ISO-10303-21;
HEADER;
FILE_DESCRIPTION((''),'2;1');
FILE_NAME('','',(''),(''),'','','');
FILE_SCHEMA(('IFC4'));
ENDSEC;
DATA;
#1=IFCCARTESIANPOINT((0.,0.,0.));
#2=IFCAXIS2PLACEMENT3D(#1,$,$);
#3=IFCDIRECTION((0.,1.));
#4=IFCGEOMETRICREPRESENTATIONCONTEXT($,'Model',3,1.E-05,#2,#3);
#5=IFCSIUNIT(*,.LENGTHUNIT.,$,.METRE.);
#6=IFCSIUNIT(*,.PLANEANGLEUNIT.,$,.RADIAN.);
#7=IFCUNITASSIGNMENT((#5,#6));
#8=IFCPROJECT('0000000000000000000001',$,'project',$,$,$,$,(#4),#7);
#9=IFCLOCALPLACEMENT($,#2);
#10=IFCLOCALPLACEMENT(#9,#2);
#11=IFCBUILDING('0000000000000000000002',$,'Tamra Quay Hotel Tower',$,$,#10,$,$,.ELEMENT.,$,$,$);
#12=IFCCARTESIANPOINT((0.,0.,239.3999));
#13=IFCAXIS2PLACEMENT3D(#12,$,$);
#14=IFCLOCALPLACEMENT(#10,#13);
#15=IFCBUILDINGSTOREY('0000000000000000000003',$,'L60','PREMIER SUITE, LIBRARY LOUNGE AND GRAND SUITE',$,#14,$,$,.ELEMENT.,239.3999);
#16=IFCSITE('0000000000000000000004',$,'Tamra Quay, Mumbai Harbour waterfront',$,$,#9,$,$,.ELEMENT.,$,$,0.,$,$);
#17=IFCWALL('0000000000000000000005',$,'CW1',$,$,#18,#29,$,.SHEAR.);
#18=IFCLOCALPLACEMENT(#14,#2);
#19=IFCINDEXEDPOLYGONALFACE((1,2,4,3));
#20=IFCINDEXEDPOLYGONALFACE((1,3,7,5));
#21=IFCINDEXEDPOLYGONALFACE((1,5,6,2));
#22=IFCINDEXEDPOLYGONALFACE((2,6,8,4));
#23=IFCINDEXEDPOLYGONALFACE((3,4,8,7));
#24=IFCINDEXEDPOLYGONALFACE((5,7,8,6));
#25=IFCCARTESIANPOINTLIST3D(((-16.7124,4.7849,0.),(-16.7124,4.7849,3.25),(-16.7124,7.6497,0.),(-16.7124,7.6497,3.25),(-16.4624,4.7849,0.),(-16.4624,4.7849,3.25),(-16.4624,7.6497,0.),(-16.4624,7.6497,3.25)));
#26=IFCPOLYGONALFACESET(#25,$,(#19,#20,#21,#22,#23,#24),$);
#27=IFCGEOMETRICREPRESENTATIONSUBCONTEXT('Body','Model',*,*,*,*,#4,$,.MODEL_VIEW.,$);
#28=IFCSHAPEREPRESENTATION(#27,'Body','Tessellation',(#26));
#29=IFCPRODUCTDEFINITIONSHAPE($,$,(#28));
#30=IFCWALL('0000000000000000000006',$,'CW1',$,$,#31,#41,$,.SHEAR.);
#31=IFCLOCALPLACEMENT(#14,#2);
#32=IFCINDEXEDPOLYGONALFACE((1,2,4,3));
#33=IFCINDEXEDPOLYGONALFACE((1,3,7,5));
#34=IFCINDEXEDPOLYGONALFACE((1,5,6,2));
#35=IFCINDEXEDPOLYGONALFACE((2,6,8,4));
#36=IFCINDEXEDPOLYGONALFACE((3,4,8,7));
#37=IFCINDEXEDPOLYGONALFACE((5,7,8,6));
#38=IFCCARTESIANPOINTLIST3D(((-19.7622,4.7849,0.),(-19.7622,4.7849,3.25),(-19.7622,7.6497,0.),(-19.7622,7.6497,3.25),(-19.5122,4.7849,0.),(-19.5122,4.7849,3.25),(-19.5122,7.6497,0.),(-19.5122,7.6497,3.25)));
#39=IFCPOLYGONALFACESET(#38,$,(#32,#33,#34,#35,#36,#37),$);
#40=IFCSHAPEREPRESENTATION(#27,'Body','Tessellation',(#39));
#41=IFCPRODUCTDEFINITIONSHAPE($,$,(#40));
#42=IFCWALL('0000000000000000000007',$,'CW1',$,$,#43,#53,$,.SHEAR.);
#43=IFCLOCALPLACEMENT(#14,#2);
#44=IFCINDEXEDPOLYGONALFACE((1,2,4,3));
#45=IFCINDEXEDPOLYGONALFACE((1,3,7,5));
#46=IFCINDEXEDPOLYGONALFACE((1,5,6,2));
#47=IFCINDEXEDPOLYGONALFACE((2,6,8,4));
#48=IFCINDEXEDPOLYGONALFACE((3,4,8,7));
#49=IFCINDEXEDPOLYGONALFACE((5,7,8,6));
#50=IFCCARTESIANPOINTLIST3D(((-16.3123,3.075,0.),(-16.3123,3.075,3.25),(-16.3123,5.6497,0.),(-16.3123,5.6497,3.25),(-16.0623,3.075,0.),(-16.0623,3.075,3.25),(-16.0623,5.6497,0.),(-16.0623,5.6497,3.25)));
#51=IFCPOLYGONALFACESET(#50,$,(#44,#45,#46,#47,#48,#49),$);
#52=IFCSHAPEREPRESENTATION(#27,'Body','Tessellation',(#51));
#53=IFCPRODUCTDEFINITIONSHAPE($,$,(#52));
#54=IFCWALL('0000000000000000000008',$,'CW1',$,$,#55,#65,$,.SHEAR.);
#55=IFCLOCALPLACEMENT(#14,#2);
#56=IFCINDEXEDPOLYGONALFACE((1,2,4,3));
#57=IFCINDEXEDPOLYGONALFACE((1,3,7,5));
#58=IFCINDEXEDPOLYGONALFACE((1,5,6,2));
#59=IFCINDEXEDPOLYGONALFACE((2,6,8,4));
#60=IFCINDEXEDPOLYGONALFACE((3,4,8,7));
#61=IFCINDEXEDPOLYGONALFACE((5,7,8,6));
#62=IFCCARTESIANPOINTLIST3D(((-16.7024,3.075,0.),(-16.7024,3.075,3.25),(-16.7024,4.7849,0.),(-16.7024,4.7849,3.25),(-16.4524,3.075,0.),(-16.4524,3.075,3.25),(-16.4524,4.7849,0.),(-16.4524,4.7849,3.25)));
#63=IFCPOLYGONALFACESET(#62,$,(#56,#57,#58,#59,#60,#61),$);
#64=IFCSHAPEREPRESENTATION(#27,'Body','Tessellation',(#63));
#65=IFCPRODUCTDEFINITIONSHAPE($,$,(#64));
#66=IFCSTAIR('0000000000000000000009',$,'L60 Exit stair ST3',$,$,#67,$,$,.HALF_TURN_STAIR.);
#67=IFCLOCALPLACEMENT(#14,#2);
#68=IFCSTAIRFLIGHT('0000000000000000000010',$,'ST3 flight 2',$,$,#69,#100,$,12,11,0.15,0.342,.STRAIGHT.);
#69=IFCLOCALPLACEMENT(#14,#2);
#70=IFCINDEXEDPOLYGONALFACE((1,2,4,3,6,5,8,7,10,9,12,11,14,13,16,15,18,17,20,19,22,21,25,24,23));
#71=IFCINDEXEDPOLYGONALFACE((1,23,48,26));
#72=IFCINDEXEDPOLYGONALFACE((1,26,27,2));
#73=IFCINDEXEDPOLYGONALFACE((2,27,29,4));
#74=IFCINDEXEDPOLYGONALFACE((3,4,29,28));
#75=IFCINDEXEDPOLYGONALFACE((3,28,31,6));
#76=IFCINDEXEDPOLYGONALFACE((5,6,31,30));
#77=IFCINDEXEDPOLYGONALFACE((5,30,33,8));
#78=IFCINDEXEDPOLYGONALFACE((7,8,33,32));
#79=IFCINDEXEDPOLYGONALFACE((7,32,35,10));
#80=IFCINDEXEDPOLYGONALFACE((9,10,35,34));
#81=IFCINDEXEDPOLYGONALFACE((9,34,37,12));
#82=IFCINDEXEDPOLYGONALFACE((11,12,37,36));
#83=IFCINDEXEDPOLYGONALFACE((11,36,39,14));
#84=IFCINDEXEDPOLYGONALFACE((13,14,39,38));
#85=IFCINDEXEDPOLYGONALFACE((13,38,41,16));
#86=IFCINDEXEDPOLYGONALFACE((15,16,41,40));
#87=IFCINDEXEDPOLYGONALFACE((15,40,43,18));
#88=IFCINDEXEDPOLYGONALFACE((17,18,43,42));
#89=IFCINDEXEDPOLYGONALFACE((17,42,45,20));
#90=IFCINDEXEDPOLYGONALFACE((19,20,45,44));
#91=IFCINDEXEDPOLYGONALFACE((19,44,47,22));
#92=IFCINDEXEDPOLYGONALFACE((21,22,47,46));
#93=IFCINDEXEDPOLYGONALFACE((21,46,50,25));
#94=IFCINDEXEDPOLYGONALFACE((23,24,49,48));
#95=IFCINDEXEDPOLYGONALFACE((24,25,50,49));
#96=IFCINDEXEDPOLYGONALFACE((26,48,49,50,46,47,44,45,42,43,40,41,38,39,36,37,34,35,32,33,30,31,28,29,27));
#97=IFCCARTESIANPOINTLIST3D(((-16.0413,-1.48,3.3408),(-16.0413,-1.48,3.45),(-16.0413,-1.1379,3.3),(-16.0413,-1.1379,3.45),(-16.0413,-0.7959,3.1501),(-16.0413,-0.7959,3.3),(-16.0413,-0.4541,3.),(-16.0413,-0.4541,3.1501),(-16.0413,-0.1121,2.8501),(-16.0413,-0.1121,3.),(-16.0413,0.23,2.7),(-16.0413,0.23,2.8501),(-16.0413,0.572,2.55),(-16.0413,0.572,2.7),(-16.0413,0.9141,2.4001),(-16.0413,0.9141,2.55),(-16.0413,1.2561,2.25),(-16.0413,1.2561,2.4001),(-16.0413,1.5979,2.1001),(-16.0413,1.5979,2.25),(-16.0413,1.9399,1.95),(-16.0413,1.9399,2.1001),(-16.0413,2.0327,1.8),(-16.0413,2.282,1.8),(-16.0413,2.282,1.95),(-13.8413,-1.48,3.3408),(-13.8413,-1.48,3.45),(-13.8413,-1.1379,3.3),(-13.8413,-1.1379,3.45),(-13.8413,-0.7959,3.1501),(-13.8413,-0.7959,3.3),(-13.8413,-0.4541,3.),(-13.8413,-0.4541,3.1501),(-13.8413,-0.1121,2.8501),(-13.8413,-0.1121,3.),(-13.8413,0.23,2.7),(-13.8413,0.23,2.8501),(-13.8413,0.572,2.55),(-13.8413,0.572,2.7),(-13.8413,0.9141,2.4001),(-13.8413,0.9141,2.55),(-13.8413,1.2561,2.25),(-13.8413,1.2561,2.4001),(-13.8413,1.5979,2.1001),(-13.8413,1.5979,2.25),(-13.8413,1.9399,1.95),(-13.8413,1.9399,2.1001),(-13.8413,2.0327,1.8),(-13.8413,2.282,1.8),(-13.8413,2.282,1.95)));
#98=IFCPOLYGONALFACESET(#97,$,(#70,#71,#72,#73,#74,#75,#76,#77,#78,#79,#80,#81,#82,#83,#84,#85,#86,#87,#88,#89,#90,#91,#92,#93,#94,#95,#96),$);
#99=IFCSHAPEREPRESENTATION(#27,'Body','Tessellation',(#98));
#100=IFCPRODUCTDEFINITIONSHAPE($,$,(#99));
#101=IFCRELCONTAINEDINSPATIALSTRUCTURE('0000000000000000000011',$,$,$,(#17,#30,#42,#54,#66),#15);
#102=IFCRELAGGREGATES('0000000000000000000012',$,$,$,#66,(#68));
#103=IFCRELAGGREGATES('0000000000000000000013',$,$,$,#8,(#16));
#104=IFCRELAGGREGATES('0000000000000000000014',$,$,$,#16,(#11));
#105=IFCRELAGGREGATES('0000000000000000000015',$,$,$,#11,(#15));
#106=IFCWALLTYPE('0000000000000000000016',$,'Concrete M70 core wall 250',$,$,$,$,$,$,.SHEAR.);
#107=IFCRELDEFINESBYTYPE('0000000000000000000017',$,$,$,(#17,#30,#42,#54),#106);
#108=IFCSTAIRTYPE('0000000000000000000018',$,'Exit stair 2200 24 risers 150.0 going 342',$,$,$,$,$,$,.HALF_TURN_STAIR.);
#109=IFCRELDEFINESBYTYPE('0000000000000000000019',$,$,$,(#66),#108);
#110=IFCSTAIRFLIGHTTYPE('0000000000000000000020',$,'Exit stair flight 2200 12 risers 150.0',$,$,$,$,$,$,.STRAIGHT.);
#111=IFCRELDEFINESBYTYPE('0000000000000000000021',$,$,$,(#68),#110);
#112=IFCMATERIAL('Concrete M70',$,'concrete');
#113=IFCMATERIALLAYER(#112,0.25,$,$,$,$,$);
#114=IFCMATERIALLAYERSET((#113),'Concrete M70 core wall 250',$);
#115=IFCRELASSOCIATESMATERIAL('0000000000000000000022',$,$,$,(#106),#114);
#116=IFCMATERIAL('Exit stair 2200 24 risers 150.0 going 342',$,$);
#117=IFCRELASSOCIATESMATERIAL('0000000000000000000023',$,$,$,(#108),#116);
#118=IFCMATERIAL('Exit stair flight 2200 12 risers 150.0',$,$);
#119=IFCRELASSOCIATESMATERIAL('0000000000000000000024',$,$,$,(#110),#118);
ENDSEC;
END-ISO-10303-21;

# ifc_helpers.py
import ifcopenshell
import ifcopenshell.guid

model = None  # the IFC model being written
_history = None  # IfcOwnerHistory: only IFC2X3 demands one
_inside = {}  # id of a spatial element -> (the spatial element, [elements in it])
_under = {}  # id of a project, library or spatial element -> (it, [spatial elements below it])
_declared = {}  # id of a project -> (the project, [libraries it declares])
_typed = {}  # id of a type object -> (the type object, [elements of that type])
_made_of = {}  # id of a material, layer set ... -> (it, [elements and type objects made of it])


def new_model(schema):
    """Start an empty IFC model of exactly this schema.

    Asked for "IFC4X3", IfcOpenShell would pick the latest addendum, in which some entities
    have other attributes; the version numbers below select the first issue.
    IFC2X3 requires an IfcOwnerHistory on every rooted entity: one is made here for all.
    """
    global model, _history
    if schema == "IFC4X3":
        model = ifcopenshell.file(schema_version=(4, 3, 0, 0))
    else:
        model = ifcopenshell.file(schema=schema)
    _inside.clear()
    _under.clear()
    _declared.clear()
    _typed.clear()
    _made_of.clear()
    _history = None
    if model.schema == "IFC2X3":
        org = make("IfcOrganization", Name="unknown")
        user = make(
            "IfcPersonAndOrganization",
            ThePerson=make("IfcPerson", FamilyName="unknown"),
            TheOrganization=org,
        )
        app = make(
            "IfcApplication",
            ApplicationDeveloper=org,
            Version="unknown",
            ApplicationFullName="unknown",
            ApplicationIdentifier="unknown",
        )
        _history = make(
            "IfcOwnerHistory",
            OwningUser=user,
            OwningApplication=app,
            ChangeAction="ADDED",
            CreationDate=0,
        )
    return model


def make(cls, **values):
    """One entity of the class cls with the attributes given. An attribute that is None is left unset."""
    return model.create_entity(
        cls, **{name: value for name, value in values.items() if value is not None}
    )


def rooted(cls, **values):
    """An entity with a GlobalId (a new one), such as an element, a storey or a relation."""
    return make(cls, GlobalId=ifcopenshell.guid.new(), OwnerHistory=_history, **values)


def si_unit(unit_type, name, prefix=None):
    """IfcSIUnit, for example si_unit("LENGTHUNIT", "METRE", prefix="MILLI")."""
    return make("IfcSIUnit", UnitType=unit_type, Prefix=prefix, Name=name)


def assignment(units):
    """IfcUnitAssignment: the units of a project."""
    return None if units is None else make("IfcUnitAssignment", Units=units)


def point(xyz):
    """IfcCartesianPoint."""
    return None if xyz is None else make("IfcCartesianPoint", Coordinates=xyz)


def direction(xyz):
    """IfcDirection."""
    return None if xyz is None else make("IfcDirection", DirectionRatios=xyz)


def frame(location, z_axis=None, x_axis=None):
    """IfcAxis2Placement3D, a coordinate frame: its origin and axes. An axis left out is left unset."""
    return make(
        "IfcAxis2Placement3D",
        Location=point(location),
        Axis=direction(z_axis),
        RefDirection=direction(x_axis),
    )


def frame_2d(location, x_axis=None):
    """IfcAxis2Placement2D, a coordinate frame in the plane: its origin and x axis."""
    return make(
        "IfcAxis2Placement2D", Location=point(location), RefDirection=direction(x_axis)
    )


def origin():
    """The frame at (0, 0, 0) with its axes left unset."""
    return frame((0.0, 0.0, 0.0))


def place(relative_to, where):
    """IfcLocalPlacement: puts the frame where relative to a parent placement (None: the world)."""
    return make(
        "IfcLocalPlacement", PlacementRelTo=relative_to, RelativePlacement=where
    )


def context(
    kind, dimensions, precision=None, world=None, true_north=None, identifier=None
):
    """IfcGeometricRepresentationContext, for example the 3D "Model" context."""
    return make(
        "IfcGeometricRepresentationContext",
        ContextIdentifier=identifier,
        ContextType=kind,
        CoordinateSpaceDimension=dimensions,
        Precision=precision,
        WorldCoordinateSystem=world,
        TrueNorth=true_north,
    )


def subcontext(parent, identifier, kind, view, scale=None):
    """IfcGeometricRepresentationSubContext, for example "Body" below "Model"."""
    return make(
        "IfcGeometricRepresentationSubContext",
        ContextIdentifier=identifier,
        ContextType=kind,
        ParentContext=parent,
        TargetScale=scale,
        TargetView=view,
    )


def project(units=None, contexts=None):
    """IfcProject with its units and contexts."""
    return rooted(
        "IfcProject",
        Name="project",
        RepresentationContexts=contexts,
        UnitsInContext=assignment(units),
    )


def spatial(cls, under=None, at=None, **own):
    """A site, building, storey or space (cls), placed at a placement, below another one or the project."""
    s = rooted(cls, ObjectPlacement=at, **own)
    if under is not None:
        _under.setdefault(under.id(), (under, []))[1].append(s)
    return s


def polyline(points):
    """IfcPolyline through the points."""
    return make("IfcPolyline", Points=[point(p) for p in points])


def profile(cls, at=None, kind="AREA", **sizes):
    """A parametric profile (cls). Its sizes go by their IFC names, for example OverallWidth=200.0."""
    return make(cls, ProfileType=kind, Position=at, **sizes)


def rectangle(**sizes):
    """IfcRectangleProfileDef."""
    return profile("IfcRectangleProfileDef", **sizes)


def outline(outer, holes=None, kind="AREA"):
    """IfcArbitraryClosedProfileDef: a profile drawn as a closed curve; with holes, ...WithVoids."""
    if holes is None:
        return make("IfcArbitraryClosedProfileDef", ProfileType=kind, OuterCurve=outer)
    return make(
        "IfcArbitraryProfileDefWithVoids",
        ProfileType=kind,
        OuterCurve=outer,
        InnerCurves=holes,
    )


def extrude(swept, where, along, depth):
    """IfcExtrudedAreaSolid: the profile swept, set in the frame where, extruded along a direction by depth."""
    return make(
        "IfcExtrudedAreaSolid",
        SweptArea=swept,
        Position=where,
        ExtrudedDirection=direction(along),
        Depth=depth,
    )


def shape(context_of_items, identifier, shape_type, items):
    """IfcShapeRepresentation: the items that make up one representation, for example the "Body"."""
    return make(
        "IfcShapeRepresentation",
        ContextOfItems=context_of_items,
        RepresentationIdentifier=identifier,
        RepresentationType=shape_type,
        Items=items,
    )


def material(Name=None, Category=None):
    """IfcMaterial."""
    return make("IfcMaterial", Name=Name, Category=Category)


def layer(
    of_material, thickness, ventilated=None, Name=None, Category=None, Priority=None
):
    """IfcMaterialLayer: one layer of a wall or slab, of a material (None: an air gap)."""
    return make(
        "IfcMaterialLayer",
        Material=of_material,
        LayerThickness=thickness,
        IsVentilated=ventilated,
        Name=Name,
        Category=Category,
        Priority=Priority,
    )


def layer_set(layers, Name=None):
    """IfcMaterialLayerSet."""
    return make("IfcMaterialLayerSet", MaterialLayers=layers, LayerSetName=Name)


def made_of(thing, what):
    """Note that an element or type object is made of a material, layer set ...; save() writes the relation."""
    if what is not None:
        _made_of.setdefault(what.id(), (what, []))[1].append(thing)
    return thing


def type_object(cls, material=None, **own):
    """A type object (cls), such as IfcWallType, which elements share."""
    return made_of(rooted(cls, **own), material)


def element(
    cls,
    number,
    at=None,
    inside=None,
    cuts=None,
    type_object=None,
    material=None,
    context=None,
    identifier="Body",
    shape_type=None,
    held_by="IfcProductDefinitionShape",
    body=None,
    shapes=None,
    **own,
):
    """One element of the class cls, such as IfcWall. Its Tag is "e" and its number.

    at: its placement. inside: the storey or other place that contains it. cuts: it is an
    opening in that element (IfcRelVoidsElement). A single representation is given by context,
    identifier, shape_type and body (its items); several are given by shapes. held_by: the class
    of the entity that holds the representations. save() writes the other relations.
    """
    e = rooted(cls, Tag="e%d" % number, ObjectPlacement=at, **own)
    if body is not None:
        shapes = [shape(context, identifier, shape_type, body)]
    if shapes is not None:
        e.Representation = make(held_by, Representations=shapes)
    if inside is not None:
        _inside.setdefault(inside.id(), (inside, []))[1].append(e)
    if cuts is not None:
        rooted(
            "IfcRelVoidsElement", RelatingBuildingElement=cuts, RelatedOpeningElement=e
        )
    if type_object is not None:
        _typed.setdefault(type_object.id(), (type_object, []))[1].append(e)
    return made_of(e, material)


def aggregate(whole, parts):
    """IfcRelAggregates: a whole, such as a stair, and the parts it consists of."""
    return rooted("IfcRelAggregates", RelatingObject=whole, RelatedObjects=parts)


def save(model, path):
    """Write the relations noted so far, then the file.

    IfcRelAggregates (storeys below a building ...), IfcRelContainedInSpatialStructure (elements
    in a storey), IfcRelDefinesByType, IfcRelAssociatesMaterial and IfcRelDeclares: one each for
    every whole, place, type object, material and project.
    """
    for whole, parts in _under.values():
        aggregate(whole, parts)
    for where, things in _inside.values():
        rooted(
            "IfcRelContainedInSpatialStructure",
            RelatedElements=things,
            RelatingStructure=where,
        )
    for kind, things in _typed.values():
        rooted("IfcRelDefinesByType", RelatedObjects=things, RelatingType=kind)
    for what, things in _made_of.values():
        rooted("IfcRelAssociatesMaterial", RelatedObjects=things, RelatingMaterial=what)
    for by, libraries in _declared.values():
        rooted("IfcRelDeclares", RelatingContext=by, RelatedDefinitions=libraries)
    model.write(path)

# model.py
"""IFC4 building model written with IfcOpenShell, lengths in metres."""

from ifc_helpers import new_model, si_unit, direction, frame, frame_2d, origin, place, context, subcontext, project, spatial, polyline, rectangle, outline, extrude, material, layer, layer_set, type_object, element, aggregate, save


model = new_model("IFC4")

# Units and contexts
model_context = context("Model", 3, precision=1e-05, world=origin(), true_north=direction((0.0, 1.0)))
body_context = subcontext(model_context, "Body", "Model", "MODEL_VIEW")
ifc_project = project(units=[si_unit("LENGTHUNIT", "METRE"), si_unit("PLANEANGLEUNIT", "RADIAN")], contexts=[model_context])

# Site, building, storey
site_placement = place(None, origin())
site = spatial("IfcSite", under=ifc_project, at=site_placement, Name="Tamra Quay, Mumbai Harbour waterfront", CompositionType="ELEMENT", RefElevation=0.0)
building_placement = place(site_placement, origin())
building = spatial("IfcBuilding", under=site, at=building_placement, Name="Tamra Quay Hotel Tower", CompositionType="ELEMENT")
storey_placement = place(building_placement, frame((0.0, 0.0, 239.3999)))
storey = spatial("IfcBuildingStorey", under=building, at=storey_placement, Name="L60", Description="PREMIER SUITE, LIBRARY LOUNGE AND GRAND SUITE", CompositionType="ELEMENT", Elevation=239.3999)

# Shared definitions
ifc_material_1 = material(Name="Concrete M70", Category="concrete")

# Walls
ifc_layer_1 = layer(ifc_material_1, 0.25)
ifc_layer_set_1 = layer_set([ifc_layer_1], Name="Concrete M70 core wall 250")
wall_type_1 = type_object("IfcWallType", Name="Concrete M70 core wall 250", PredefinedType="SHEAR", material=ifc_layer_set_1)
for number, where, z_axis, x_axis, name in (
    (1, (-16.5874, 7.6497, 0.0), (0.0, 0.0, 1.0), (0.0, -1.0, 0.0), "CW1"),
    (2, (-19.6372, 4.7849, 0.0), (0.0, 0.0, 1.0), (0.0, 1.0, 0.0), "CW1"),
):
    element("IfcWall", number, at=place(storey_placement, frame(where, z_axis=z_axis, x_axis=x_axis)), inside=storey, type_object=wall_type_1, Name=name, PredefinedType="SHEAR", context=body_context, shape_type="SweptSolid", body=[
        extrude(rectangle(XDim=2.8647, YDim=0.25, at=frame_2d((1.4324, 0.0))), origin(), (0.0, 0.0, 1.0), 3.25),
    ])
wall_1_placement = place(storey_placement, frame((-16.1873, 3.075, 0.0), z_axis=(0.0, 0.0, 1.0), x_axis=(0.0, 1.0, 0.0)))
element("IfcWall", 3, at=wall_1_placement, inside=storey, type_object=wall_type_1, Name="CW1", PredefinedType="SHEAR", context=body_context, shape_type="SweptSolid", body=[
    extrude(rectangle(XDim=2.5747, YDim=0.25, at=frame_2d((1.2874, 0.0))), origin(), (0.0, 0.0, 1.0), 3.25),
])
wall_2_placement = place(storey_placement, frame((-16.5774, 4.7849, 0.0), z_axis=(0.0, 0.0, 1.0), x_axis=(0.0, -1.0, 0.0)))
element("IfcWall", 4, at=wall_2_placement, inside=storey, type_object=wall_type_1, Name="CW1", PredefinedType="SHEAR", context=body_context, shape_type="SweptSolid", body=[
    extrude(rectangle(XDim=1.71, YDim=0.25, at=frame_2d((0.855, 0.0))), origin(), (0.0, 0.0, 1.0), 3.25),
])

# Stair, stair flight
ifc_material_2 = material(Name="Exit stair 2200 24 risers 150.0 going 342")
stair_type = type_object("IfcStairType", Name="Exit stair 2200 24 risers 150.0 going 342", PredefinedType="HALF_TURN_STAIR", material=ifc_material_2)
stair_placement = place(storey_placement, origin())
stair = element("IfcStair", 5, at=stair_placement, inside=storey, type_object=stair_type, Name="L60 Exit stair ST3", PredefinedType="HALF_TURN_STAIR")
ifc_material_3 = material(Name="Exit stair flight 2200 12 risers 150.0")
stair_flight_type = type_object("IfcStairFlightType", Name="Exit stair flight 2200 12 risers 150.0", PredefinedType="STRAIGHT", material=ifc_material_3)
stair_flight_placement = place(storey_placement, frame((-14.9414, 2.282, 1.8), z_axis=(0.0, 0.0, 1.0), x_axis=(0.0, -1.0, 0.0)))
stair_flight = element("IfcStairFlight", 6, at=stair_flight_placement, type_object=stair_flight_type, Name="ST3 flight 2", NumberOfRisers=12, NumberOfTreads=11, PredefinedType="STRAIGHT", RiserHeight=0.15, TreadLength=0.342, context=body_context, shape_type="SweptSolid", body=[
    extrude(outline(polyline([(0.0, 0.0), (0.0, 0.1499), (0.342, 0.1499), (0.342, 0.3), (0.6841, 0.3), (0.6841, 0.45), (1.0259, 0.45), (1.0259, 0.6001), (1.3679, 0.6001), (1.3679, 0.75), (1.71, 0.75), (1.71, 0.8999), (2.052, 0.8999), (2.052, 1.05), (2.394, 1.05), (2.394, 1.2), (2.7361, 1.2), (2.7361, 1.3501), (3.0779, 1.3501), (3.0779, 1.5), (3.4199, 1.5), (3.4199, 1.6499), (3.762, 1.6499), (3.762, 1.8), (3.762, 1.5408), (0.2493, 0.0), (0.0, 0.0)])), frame((0.0, 1.1001, 0.0), z_axis=(0.0, -1.0, 0.0), x_axis=(1.0, 0.0, 0.0)), (0.0, 0.0, 1.0), 2.2),
])
aggregate(stair, [stair_flight])

save(model, "model.ifc")
